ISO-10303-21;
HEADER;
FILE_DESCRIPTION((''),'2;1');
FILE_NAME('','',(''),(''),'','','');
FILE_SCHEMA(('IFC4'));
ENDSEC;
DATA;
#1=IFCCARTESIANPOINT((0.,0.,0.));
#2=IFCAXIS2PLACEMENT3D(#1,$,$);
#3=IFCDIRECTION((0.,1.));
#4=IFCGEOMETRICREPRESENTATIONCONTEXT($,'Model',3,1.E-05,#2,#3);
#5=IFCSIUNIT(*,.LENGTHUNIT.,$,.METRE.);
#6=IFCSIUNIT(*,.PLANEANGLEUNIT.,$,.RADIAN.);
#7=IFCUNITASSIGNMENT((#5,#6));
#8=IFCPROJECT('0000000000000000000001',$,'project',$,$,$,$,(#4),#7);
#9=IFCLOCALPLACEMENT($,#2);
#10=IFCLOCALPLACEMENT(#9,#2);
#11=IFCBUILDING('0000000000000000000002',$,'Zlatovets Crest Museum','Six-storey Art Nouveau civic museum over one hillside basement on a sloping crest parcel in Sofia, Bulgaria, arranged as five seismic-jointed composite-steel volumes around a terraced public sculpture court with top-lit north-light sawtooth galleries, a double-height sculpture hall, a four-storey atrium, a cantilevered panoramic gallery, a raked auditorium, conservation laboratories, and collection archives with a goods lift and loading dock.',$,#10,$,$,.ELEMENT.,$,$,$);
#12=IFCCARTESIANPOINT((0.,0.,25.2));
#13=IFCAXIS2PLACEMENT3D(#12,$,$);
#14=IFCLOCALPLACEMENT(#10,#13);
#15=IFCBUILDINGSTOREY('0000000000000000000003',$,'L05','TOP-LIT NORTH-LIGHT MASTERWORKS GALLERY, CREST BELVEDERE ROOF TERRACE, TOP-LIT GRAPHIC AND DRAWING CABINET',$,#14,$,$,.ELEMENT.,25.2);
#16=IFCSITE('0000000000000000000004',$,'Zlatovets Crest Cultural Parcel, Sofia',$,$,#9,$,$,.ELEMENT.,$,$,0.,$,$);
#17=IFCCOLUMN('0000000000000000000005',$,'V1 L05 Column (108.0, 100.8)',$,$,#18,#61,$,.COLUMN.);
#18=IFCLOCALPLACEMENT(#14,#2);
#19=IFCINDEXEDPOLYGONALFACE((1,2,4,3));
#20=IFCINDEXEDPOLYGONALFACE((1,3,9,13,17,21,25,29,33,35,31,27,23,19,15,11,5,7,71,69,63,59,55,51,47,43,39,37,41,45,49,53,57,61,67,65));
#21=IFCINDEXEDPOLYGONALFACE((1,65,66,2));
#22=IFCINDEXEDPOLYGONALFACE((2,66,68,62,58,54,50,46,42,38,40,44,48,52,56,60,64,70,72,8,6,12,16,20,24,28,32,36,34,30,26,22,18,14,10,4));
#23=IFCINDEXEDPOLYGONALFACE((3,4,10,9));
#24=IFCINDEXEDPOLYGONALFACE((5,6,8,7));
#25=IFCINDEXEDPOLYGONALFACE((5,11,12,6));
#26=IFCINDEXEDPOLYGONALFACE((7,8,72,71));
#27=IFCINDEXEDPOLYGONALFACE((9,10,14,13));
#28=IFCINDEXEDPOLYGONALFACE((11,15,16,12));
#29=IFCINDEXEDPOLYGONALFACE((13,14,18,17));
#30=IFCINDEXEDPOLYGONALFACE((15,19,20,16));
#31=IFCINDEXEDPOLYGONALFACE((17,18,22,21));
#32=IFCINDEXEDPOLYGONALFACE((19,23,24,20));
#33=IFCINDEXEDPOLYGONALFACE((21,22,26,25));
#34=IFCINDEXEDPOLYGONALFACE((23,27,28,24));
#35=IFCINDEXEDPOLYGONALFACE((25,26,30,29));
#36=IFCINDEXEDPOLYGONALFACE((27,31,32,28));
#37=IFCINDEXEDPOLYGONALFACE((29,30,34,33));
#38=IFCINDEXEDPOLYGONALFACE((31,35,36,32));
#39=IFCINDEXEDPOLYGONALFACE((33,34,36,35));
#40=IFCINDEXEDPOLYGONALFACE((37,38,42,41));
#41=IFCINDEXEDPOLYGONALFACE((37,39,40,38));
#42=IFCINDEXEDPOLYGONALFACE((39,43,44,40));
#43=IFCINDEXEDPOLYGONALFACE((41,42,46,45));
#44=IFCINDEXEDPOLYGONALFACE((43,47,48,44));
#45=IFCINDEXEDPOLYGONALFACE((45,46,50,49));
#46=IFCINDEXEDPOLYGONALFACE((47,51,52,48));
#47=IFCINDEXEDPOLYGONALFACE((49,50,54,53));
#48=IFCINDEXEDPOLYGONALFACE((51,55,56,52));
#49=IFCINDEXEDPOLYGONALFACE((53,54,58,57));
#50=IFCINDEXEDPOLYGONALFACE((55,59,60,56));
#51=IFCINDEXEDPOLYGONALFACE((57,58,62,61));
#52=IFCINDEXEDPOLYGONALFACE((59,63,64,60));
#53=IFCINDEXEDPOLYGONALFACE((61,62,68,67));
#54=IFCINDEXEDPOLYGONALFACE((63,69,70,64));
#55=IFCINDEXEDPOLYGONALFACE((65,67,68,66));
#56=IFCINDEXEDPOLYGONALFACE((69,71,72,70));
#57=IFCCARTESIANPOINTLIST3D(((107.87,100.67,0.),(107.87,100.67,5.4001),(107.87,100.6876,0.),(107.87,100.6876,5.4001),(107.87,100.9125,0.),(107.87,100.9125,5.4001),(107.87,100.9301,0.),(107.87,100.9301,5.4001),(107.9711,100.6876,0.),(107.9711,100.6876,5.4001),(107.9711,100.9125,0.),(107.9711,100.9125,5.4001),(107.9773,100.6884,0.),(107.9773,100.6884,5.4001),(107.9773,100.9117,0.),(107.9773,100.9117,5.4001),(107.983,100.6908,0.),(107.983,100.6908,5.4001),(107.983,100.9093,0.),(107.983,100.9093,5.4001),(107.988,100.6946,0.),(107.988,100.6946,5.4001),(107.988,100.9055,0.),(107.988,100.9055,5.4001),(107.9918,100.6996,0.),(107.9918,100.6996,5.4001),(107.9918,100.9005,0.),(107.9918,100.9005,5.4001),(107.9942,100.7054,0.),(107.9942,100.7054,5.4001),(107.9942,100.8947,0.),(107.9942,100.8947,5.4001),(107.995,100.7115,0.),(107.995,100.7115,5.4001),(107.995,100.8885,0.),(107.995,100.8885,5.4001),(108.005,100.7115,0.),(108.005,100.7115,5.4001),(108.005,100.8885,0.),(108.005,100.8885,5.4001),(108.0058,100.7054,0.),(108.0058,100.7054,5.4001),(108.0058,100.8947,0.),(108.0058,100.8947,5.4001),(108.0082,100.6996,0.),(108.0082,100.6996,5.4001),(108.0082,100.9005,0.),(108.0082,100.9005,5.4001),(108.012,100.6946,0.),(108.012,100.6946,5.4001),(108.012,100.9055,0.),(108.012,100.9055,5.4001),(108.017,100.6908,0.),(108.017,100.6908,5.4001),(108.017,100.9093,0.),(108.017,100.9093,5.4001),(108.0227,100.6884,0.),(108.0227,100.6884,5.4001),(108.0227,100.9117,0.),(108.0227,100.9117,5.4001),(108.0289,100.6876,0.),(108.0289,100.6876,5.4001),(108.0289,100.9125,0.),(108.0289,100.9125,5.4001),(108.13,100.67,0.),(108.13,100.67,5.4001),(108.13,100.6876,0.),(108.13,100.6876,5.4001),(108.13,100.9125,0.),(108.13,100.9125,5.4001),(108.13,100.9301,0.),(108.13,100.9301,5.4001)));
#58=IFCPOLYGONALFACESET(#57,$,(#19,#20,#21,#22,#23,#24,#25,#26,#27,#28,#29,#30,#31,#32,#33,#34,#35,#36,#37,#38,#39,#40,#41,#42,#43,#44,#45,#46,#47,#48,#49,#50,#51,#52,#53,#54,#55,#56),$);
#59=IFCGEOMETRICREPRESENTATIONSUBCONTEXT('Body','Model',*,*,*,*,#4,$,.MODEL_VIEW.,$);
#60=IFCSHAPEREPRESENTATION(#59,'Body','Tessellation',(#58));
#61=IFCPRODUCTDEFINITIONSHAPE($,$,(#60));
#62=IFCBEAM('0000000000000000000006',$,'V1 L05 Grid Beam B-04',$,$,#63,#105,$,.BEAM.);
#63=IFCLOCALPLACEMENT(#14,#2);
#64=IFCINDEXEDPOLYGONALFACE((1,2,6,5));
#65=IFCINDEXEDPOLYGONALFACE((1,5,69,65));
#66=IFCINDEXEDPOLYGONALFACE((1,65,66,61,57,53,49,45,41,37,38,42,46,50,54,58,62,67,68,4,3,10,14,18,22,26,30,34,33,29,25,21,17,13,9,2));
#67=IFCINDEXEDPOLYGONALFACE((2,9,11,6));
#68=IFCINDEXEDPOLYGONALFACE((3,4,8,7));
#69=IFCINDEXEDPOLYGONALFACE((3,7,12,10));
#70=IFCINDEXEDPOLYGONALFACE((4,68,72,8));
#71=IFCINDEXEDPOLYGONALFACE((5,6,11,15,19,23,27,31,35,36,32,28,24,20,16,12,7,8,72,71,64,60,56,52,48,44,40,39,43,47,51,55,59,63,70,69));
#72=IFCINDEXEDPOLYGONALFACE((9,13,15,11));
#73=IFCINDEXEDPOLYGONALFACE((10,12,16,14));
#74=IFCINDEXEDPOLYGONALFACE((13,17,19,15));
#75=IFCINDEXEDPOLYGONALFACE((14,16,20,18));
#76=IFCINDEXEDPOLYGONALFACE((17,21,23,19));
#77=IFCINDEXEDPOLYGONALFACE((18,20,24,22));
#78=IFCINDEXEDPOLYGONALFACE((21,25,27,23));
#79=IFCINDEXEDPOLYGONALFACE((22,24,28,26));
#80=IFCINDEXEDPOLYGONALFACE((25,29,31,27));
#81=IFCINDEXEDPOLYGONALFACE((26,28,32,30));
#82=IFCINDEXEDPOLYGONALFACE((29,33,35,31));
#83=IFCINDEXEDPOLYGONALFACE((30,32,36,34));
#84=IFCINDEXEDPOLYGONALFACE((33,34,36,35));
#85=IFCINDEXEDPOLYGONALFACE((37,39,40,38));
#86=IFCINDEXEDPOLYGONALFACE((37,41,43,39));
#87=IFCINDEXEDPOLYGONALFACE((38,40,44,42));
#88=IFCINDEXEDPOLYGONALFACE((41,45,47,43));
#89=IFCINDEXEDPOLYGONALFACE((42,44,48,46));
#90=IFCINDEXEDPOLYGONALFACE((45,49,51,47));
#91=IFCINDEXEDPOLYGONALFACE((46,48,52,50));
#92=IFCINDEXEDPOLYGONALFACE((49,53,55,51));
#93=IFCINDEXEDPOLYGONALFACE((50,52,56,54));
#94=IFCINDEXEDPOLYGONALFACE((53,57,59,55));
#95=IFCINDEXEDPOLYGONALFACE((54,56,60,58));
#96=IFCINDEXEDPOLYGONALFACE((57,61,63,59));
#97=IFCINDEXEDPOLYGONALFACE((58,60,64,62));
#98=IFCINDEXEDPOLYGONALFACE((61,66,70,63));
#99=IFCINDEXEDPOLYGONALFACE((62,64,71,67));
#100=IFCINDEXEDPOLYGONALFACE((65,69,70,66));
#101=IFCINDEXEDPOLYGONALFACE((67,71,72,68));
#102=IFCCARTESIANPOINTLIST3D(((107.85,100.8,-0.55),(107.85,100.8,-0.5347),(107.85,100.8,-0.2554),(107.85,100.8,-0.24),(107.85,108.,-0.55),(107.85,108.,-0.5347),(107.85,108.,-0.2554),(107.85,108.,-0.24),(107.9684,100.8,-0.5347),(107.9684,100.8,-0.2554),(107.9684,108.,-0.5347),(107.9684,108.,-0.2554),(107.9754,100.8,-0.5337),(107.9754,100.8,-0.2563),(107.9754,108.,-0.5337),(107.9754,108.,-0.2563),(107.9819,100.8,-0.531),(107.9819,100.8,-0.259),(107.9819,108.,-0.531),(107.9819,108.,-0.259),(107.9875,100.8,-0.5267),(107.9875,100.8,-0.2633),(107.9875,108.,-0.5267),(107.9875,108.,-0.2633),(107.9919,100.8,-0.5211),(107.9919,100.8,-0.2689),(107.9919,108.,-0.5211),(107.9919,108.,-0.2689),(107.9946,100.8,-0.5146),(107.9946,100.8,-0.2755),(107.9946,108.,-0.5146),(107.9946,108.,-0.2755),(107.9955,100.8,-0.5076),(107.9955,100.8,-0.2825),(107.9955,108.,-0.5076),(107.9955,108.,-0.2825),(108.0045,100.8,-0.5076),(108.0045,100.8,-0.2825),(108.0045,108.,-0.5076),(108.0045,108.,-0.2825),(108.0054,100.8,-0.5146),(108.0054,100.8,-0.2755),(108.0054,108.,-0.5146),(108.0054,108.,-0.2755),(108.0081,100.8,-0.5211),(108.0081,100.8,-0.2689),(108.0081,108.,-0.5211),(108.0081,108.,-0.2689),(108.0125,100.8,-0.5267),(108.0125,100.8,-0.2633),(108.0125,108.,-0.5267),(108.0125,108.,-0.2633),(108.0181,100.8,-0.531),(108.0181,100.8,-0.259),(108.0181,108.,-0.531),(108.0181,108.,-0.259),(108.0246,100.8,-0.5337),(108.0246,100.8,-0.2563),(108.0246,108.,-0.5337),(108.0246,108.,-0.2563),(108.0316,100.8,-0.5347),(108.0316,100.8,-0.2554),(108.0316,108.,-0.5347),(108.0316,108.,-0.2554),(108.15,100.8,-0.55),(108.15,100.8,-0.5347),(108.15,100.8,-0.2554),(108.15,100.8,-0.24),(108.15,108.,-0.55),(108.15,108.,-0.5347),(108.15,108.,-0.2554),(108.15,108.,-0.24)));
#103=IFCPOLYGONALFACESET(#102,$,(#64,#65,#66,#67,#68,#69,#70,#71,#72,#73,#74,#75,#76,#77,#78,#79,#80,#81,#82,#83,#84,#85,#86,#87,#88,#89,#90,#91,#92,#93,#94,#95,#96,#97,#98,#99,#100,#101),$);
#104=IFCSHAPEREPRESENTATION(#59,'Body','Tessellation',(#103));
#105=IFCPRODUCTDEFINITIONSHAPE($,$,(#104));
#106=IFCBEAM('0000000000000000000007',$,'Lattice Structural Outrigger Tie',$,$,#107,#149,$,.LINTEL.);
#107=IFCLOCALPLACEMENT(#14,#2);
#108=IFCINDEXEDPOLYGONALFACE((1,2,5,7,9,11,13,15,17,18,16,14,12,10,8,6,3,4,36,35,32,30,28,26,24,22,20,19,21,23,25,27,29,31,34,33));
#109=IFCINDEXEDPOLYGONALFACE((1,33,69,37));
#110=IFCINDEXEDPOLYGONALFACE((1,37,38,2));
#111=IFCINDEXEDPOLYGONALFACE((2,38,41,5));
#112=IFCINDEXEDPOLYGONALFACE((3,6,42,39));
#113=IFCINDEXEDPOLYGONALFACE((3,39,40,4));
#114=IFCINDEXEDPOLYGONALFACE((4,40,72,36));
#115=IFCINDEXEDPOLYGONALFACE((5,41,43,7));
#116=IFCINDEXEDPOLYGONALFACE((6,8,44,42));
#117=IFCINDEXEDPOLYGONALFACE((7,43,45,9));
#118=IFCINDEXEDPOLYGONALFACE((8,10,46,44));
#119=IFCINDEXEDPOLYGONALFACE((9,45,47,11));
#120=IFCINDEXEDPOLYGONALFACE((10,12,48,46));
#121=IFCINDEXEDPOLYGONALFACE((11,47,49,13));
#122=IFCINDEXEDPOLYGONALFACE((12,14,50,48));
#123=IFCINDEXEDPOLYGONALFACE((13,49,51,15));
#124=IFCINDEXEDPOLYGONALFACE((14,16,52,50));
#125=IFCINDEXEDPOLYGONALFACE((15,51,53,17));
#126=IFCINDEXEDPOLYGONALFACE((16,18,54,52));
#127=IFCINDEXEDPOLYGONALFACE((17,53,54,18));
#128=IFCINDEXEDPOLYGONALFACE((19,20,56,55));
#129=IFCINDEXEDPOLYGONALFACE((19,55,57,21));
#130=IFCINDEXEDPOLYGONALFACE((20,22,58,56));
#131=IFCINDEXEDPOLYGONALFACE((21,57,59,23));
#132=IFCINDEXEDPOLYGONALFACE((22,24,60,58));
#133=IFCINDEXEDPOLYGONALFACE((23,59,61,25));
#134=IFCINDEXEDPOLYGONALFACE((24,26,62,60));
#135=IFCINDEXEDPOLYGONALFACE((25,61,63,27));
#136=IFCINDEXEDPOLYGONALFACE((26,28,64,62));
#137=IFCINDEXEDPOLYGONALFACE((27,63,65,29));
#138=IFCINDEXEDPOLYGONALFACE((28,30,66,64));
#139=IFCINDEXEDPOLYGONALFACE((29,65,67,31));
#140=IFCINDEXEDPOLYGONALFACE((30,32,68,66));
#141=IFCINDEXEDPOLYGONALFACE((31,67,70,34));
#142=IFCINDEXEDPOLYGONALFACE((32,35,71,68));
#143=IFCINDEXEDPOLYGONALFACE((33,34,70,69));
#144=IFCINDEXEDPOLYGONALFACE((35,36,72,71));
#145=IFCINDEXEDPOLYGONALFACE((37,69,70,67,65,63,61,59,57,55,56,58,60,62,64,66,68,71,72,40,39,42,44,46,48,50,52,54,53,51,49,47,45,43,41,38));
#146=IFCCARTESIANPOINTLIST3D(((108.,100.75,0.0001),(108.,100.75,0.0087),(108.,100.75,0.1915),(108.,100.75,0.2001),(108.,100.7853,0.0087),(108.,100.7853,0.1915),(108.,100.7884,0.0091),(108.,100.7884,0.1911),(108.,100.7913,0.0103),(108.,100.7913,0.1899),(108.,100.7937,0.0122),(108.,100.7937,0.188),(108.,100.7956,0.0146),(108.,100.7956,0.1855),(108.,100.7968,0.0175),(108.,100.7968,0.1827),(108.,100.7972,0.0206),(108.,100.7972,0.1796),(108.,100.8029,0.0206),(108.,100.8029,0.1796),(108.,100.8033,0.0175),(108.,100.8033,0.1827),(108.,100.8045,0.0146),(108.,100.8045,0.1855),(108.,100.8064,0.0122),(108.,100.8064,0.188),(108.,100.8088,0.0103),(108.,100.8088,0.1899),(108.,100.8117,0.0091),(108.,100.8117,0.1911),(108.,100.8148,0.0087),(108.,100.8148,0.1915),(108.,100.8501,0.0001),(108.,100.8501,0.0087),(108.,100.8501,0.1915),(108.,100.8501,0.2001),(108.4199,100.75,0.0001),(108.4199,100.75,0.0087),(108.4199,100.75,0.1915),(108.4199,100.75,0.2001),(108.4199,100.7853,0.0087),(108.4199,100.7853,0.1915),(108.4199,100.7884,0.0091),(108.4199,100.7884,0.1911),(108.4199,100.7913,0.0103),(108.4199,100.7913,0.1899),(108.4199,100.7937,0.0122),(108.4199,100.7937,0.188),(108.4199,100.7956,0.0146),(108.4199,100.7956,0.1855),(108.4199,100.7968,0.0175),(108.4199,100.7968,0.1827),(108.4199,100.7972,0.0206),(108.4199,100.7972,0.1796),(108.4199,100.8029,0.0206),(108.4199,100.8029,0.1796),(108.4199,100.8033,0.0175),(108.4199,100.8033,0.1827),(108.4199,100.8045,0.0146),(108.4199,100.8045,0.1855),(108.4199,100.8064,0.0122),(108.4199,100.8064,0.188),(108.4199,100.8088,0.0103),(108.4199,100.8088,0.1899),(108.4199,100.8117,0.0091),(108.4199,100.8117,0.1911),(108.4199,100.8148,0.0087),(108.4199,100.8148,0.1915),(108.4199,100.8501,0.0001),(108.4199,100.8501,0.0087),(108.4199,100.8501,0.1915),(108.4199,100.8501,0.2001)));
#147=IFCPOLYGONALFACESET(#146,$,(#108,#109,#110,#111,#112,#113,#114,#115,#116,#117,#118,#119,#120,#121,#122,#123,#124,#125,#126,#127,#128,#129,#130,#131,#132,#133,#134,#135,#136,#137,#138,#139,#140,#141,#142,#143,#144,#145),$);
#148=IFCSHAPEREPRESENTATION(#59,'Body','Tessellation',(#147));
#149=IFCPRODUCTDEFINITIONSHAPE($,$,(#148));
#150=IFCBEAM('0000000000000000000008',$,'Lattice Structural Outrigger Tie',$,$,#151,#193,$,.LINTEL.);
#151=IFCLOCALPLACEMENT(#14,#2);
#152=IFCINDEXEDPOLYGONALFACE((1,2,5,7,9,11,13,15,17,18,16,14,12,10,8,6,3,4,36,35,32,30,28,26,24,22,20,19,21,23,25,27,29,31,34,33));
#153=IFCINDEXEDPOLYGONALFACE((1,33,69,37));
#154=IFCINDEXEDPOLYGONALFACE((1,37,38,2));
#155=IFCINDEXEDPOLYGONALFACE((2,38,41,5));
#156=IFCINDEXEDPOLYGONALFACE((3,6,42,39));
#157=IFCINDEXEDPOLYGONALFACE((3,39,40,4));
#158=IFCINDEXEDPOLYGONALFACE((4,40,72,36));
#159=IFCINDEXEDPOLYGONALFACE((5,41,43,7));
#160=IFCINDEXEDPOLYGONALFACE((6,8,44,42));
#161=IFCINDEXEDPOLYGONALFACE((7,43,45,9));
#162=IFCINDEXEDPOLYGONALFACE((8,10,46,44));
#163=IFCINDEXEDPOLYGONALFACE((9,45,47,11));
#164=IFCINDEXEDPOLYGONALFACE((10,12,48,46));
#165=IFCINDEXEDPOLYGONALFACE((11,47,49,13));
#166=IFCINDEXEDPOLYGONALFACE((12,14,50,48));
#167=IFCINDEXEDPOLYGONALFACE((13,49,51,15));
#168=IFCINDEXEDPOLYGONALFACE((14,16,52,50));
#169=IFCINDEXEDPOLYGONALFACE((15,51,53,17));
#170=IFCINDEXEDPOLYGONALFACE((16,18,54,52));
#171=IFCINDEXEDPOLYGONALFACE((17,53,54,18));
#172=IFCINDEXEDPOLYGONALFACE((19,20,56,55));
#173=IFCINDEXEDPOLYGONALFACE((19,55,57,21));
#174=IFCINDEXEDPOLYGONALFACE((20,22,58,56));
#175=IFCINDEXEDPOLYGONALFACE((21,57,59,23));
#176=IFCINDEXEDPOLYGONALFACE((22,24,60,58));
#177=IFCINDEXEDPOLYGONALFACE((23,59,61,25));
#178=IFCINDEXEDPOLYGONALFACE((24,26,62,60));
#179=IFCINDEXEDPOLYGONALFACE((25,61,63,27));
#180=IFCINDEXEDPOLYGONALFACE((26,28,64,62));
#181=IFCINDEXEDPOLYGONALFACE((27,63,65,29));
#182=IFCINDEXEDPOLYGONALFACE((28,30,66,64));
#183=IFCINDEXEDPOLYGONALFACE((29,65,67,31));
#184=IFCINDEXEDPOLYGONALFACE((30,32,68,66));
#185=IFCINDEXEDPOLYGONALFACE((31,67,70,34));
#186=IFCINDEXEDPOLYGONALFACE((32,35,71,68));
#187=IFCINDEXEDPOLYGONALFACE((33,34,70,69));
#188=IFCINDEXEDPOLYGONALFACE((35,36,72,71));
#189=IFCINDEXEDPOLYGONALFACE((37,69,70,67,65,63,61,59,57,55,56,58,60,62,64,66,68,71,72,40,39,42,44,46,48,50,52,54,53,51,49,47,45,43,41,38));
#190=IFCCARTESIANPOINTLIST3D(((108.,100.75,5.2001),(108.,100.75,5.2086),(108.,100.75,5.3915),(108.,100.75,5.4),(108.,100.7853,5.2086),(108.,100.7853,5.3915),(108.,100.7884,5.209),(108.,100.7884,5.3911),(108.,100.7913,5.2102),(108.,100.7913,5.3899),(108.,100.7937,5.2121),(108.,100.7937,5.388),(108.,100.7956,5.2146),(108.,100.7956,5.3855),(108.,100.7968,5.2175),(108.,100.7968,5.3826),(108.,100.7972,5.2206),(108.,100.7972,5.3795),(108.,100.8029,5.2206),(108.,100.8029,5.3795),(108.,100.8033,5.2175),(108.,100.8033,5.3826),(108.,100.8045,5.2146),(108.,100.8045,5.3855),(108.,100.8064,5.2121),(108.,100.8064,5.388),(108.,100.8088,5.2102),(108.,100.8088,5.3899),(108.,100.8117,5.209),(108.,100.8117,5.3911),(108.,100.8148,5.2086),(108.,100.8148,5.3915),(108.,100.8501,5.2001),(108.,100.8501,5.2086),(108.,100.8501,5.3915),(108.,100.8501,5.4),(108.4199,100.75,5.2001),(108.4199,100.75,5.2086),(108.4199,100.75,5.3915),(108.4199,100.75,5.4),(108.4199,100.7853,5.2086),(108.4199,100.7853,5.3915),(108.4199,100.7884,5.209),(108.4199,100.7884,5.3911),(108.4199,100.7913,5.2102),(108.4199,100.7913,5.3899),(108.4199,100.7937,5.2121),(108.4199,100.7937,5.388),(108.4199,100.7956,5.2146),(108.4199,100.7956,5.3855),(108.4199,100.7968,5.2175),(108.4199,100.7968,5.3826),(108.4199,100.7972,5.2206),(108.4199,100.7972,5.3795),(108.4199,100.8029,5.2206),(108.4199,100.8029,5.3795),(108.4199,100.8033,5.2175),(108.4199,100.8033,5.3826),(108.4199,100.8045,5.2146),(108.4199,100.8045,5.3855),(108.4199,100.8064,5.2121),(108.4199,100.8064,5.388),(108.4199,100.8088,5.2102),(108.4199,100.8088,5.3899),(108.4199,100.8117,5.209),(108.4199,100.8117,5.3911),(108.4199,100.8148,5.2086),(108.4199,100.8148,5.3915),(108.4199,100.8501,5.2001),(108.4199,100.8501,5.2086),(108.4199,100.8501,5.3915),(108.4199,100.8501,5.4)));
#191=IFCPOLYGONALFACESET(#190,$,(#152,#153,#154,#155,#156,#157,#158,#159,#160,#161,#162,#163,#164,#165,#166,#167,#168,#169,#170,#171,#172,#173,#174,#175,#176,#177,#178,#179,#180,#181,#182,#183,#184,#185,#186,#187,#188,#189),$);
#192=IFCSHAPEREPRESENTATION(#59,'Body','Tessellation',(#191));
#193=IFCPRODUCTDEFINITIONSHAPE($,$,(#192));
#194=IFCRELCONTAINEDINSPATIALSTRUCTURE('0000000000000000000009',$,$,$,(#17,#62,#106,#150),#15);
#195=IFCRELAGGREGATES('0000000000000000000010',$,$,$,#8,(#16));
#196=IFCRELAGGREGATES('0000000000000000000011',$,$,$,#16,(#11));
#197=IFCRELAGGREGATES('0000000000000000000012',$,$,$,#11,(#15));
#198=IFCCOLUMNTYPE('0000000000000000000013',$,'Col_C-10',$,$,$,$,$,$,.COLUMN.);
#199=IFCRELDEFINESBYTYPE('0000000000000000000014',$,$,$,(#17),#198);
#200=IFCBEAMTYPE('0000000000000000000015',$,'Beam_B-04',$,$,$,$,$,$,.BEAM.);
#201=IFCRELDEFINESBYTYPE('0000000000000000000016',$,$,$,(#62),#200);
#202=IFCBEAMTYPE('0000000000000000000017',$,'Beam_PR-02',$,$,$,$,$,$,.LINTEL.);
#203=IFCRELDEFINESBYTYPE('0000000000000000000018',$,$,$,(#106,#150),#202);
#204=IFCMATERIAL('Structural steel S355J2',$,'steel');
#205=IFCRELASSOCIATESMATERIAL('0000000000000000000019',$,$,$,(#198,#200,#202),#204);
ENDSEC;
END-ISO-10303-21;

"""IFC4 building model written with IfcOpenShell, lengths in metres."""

from ifc_helpers import new_model, si_unit, direction, frame, origin, origin_2d, place, context, subcontext, project, spatial, i_section, extrude, material, material_profile, profile_set, type_object, element, save


model = new_model("IFC4")

# Units and contexts
model_context = context("Model", 3, precision=1e-05, world=origin(), true_north=direction((0.0, 1.0)))
body_context = subcontext(model_context, "Body", "Model", "MODEL_VIEW")
ifc_project = project(units=[si_unit("LENGTHUNIT", "METRE"), si_unit("PLANEANGLEUNIT", "RADIAN")], contexts=[model_context])

# Site, building, storey
site_placement = place(None, origin())
site = spatial("IfcSite", under=ifc_project, at=site_placement, Name="Zlatovets Crest Cultural Parcel, Sofia", CompositionType="ELEMENT", RefElevation=0.0)
building_placement = place(site_placement, origin())
building = spatial("IfcBuilding", under=site, at=building_placement, Name="Zlatovets Crest Museum", Description="Six-storey Art Nouveau civic museum over one hillside basement on a sloping crest parcel in Sofia, Bulgaria, arranged as five seismic-jointed composite-steel volumes around a terraced public sculpture court with top-lit north-light sawtooth galleries, a double-height sculpture hall, a four-storey atrium, a cantilevered panoramic gallery, a raked auditorium, conservation laboratories, and collection archives with a goods lift and loading dock.", CompositionType="ELEMENT")
storey_placement = place(building_placement, frame((0.0, 0.0, 25.2)))
storey = spatial("IfcBuildingStorey", under=building, at=storey_placement, Name="L05", Description="TOP-LIT NORTH-LIGHT MASTERWORKS GALLERY, CREST BELVEDERE ROOF TERRACE, TOP-LIT GRAPHIC AND DRAWING CABINET", CompositionType="ELEMENT", Elevation=25.2)

# Column
ifc_material_1 = material(Name="Structural steel S355J2", Category="steel")
ifc_material_profile_1 = material_profile(ifc_material_1, i_section(OverallWidth=0.26, OverallDepth=0.26, WebThickness=0.01, FlangeThickness=0.0176, FilletRadius=0.0239, at=origin_2d()), Name="HEB 260")
ifc_profile_set_1 = profile_set([ifc_material_profile_1], Name="Structural steel S355J2")
column_type = type_object("IfcColumnType", Name="Col_C-10", PredefinedType="COLUMN", material=ifc_profile_set_1)
column_placement = place(storey_placement, frame((108.0, 100.8, 0.0), z_axis=(0.0, 0.0, 1.0), x_axis=(1.0, 0.0, 0.0)))
element("IfcColumn", 1, at=column_placement, inside=storey, type_object=column_type, Name="V1 L05 Column (108.0, 100.8)", PredefinedType="COLUMN", context=body_context, shape_type="SweptSolid", body=[
    extrude(i_section(OverallWidth=0.26, OverallDepth=0.26, WebThickness=0.01, FlangeThickness=0.0176, FilletRadius=0.0239, at=origin_2d()), origin(), (0.0, 0.0, 1.0), 5.4001),
])

# Beams
ifc_material_profile_2 = material_profile(ifc_material_1, i_section(OverallWidth=0.3, OverallDepth=0.3101, WebThickness=0.009, FlangeThickness=0.0154, FilletRadius=0.0271, at=origin_2d()), Name="HEA 320")
ifc_profile_set_2 = profile_set([ifc_material_profile_2], Name="Structural steel S355J2")
beam_type_1 = type_object("IfcBeamType", Name="Beam_B-04", PredefinedType="BEAM", material=ifc_profile_set_2)
beam_placement = place(storey_placement, frame((108.0, 100.8, -0.395), z_axis=(0.0, 1.0, 0.0), x_axis=(-1.0, 0.0, 0.0)))
element("IfcBeam", 2, at=beam_placement, inside=storey, type_object=beam_type_1, Name="V1 L05 Grid Beam B-04", PredefinedType="BEAM", context=body_context, shape_type="SweptSolid", body=[
    extrude(i_section(OverallWidth=0.3, OverallDepth=0.3101, WebThickness=0.009, FlangeThickness=0.0154, FilletRadius=0.0271, at=origin_2d()), origin(), (0.0, 0.0, 1.0), 7.2),
])
ifc_material_profile_3 = material_profile(ifc_material_1, i_section(OverallWidth=0.1001, OverallDepth=0.2, WebThickness=0.0056, FlangeThickness=0.0085, FilletRadius=0.012, at=origin_2d()), Name="IPE 200")
ifc_profile_set_3 = profile_set([ifc_material_profile_3], Name="Structural steel S355J2")
beam_type_2 = type_object("IfcBeamType", Name="Beam_PR-02", PredefinedType="LINTEL", material=ifc_profile_set_3)
for number, where, z_axis, x_axis, name in (
    (3, (108.0, 100.8, 0.1001), (1.0, 0.0, 0.0), (0.0, 1.0, 0.0), "Lattice Structural Outrigger Tie"),
    (4, (108.0, 100.8, 5.3), (1.0, 0.0, 0.0), (0.0, 1.0, 0.0), "Lattice Structural Outrigger Tie"),
):
    element("IfcBeam", number, at=place(storey_placement, frame(where, z_axis=z_axis, x_axis=x_axis)), inside=storey, type_object=beam_type_2, Name=name, PredefinedType="LINTEL", context=body_context, shape_type="SweptSolid", body=[
        extrude(i_section(OverallWidth=0.1001, OverallDepth=0.2, WebThickness=0.0056, FlangeThickness=0.0085, FilletRadius=0.012, at=origin_2d()), origin(), (0.0, 0.0, 1.0), 0.4199),
    ])

save(model, "model.ifc")
